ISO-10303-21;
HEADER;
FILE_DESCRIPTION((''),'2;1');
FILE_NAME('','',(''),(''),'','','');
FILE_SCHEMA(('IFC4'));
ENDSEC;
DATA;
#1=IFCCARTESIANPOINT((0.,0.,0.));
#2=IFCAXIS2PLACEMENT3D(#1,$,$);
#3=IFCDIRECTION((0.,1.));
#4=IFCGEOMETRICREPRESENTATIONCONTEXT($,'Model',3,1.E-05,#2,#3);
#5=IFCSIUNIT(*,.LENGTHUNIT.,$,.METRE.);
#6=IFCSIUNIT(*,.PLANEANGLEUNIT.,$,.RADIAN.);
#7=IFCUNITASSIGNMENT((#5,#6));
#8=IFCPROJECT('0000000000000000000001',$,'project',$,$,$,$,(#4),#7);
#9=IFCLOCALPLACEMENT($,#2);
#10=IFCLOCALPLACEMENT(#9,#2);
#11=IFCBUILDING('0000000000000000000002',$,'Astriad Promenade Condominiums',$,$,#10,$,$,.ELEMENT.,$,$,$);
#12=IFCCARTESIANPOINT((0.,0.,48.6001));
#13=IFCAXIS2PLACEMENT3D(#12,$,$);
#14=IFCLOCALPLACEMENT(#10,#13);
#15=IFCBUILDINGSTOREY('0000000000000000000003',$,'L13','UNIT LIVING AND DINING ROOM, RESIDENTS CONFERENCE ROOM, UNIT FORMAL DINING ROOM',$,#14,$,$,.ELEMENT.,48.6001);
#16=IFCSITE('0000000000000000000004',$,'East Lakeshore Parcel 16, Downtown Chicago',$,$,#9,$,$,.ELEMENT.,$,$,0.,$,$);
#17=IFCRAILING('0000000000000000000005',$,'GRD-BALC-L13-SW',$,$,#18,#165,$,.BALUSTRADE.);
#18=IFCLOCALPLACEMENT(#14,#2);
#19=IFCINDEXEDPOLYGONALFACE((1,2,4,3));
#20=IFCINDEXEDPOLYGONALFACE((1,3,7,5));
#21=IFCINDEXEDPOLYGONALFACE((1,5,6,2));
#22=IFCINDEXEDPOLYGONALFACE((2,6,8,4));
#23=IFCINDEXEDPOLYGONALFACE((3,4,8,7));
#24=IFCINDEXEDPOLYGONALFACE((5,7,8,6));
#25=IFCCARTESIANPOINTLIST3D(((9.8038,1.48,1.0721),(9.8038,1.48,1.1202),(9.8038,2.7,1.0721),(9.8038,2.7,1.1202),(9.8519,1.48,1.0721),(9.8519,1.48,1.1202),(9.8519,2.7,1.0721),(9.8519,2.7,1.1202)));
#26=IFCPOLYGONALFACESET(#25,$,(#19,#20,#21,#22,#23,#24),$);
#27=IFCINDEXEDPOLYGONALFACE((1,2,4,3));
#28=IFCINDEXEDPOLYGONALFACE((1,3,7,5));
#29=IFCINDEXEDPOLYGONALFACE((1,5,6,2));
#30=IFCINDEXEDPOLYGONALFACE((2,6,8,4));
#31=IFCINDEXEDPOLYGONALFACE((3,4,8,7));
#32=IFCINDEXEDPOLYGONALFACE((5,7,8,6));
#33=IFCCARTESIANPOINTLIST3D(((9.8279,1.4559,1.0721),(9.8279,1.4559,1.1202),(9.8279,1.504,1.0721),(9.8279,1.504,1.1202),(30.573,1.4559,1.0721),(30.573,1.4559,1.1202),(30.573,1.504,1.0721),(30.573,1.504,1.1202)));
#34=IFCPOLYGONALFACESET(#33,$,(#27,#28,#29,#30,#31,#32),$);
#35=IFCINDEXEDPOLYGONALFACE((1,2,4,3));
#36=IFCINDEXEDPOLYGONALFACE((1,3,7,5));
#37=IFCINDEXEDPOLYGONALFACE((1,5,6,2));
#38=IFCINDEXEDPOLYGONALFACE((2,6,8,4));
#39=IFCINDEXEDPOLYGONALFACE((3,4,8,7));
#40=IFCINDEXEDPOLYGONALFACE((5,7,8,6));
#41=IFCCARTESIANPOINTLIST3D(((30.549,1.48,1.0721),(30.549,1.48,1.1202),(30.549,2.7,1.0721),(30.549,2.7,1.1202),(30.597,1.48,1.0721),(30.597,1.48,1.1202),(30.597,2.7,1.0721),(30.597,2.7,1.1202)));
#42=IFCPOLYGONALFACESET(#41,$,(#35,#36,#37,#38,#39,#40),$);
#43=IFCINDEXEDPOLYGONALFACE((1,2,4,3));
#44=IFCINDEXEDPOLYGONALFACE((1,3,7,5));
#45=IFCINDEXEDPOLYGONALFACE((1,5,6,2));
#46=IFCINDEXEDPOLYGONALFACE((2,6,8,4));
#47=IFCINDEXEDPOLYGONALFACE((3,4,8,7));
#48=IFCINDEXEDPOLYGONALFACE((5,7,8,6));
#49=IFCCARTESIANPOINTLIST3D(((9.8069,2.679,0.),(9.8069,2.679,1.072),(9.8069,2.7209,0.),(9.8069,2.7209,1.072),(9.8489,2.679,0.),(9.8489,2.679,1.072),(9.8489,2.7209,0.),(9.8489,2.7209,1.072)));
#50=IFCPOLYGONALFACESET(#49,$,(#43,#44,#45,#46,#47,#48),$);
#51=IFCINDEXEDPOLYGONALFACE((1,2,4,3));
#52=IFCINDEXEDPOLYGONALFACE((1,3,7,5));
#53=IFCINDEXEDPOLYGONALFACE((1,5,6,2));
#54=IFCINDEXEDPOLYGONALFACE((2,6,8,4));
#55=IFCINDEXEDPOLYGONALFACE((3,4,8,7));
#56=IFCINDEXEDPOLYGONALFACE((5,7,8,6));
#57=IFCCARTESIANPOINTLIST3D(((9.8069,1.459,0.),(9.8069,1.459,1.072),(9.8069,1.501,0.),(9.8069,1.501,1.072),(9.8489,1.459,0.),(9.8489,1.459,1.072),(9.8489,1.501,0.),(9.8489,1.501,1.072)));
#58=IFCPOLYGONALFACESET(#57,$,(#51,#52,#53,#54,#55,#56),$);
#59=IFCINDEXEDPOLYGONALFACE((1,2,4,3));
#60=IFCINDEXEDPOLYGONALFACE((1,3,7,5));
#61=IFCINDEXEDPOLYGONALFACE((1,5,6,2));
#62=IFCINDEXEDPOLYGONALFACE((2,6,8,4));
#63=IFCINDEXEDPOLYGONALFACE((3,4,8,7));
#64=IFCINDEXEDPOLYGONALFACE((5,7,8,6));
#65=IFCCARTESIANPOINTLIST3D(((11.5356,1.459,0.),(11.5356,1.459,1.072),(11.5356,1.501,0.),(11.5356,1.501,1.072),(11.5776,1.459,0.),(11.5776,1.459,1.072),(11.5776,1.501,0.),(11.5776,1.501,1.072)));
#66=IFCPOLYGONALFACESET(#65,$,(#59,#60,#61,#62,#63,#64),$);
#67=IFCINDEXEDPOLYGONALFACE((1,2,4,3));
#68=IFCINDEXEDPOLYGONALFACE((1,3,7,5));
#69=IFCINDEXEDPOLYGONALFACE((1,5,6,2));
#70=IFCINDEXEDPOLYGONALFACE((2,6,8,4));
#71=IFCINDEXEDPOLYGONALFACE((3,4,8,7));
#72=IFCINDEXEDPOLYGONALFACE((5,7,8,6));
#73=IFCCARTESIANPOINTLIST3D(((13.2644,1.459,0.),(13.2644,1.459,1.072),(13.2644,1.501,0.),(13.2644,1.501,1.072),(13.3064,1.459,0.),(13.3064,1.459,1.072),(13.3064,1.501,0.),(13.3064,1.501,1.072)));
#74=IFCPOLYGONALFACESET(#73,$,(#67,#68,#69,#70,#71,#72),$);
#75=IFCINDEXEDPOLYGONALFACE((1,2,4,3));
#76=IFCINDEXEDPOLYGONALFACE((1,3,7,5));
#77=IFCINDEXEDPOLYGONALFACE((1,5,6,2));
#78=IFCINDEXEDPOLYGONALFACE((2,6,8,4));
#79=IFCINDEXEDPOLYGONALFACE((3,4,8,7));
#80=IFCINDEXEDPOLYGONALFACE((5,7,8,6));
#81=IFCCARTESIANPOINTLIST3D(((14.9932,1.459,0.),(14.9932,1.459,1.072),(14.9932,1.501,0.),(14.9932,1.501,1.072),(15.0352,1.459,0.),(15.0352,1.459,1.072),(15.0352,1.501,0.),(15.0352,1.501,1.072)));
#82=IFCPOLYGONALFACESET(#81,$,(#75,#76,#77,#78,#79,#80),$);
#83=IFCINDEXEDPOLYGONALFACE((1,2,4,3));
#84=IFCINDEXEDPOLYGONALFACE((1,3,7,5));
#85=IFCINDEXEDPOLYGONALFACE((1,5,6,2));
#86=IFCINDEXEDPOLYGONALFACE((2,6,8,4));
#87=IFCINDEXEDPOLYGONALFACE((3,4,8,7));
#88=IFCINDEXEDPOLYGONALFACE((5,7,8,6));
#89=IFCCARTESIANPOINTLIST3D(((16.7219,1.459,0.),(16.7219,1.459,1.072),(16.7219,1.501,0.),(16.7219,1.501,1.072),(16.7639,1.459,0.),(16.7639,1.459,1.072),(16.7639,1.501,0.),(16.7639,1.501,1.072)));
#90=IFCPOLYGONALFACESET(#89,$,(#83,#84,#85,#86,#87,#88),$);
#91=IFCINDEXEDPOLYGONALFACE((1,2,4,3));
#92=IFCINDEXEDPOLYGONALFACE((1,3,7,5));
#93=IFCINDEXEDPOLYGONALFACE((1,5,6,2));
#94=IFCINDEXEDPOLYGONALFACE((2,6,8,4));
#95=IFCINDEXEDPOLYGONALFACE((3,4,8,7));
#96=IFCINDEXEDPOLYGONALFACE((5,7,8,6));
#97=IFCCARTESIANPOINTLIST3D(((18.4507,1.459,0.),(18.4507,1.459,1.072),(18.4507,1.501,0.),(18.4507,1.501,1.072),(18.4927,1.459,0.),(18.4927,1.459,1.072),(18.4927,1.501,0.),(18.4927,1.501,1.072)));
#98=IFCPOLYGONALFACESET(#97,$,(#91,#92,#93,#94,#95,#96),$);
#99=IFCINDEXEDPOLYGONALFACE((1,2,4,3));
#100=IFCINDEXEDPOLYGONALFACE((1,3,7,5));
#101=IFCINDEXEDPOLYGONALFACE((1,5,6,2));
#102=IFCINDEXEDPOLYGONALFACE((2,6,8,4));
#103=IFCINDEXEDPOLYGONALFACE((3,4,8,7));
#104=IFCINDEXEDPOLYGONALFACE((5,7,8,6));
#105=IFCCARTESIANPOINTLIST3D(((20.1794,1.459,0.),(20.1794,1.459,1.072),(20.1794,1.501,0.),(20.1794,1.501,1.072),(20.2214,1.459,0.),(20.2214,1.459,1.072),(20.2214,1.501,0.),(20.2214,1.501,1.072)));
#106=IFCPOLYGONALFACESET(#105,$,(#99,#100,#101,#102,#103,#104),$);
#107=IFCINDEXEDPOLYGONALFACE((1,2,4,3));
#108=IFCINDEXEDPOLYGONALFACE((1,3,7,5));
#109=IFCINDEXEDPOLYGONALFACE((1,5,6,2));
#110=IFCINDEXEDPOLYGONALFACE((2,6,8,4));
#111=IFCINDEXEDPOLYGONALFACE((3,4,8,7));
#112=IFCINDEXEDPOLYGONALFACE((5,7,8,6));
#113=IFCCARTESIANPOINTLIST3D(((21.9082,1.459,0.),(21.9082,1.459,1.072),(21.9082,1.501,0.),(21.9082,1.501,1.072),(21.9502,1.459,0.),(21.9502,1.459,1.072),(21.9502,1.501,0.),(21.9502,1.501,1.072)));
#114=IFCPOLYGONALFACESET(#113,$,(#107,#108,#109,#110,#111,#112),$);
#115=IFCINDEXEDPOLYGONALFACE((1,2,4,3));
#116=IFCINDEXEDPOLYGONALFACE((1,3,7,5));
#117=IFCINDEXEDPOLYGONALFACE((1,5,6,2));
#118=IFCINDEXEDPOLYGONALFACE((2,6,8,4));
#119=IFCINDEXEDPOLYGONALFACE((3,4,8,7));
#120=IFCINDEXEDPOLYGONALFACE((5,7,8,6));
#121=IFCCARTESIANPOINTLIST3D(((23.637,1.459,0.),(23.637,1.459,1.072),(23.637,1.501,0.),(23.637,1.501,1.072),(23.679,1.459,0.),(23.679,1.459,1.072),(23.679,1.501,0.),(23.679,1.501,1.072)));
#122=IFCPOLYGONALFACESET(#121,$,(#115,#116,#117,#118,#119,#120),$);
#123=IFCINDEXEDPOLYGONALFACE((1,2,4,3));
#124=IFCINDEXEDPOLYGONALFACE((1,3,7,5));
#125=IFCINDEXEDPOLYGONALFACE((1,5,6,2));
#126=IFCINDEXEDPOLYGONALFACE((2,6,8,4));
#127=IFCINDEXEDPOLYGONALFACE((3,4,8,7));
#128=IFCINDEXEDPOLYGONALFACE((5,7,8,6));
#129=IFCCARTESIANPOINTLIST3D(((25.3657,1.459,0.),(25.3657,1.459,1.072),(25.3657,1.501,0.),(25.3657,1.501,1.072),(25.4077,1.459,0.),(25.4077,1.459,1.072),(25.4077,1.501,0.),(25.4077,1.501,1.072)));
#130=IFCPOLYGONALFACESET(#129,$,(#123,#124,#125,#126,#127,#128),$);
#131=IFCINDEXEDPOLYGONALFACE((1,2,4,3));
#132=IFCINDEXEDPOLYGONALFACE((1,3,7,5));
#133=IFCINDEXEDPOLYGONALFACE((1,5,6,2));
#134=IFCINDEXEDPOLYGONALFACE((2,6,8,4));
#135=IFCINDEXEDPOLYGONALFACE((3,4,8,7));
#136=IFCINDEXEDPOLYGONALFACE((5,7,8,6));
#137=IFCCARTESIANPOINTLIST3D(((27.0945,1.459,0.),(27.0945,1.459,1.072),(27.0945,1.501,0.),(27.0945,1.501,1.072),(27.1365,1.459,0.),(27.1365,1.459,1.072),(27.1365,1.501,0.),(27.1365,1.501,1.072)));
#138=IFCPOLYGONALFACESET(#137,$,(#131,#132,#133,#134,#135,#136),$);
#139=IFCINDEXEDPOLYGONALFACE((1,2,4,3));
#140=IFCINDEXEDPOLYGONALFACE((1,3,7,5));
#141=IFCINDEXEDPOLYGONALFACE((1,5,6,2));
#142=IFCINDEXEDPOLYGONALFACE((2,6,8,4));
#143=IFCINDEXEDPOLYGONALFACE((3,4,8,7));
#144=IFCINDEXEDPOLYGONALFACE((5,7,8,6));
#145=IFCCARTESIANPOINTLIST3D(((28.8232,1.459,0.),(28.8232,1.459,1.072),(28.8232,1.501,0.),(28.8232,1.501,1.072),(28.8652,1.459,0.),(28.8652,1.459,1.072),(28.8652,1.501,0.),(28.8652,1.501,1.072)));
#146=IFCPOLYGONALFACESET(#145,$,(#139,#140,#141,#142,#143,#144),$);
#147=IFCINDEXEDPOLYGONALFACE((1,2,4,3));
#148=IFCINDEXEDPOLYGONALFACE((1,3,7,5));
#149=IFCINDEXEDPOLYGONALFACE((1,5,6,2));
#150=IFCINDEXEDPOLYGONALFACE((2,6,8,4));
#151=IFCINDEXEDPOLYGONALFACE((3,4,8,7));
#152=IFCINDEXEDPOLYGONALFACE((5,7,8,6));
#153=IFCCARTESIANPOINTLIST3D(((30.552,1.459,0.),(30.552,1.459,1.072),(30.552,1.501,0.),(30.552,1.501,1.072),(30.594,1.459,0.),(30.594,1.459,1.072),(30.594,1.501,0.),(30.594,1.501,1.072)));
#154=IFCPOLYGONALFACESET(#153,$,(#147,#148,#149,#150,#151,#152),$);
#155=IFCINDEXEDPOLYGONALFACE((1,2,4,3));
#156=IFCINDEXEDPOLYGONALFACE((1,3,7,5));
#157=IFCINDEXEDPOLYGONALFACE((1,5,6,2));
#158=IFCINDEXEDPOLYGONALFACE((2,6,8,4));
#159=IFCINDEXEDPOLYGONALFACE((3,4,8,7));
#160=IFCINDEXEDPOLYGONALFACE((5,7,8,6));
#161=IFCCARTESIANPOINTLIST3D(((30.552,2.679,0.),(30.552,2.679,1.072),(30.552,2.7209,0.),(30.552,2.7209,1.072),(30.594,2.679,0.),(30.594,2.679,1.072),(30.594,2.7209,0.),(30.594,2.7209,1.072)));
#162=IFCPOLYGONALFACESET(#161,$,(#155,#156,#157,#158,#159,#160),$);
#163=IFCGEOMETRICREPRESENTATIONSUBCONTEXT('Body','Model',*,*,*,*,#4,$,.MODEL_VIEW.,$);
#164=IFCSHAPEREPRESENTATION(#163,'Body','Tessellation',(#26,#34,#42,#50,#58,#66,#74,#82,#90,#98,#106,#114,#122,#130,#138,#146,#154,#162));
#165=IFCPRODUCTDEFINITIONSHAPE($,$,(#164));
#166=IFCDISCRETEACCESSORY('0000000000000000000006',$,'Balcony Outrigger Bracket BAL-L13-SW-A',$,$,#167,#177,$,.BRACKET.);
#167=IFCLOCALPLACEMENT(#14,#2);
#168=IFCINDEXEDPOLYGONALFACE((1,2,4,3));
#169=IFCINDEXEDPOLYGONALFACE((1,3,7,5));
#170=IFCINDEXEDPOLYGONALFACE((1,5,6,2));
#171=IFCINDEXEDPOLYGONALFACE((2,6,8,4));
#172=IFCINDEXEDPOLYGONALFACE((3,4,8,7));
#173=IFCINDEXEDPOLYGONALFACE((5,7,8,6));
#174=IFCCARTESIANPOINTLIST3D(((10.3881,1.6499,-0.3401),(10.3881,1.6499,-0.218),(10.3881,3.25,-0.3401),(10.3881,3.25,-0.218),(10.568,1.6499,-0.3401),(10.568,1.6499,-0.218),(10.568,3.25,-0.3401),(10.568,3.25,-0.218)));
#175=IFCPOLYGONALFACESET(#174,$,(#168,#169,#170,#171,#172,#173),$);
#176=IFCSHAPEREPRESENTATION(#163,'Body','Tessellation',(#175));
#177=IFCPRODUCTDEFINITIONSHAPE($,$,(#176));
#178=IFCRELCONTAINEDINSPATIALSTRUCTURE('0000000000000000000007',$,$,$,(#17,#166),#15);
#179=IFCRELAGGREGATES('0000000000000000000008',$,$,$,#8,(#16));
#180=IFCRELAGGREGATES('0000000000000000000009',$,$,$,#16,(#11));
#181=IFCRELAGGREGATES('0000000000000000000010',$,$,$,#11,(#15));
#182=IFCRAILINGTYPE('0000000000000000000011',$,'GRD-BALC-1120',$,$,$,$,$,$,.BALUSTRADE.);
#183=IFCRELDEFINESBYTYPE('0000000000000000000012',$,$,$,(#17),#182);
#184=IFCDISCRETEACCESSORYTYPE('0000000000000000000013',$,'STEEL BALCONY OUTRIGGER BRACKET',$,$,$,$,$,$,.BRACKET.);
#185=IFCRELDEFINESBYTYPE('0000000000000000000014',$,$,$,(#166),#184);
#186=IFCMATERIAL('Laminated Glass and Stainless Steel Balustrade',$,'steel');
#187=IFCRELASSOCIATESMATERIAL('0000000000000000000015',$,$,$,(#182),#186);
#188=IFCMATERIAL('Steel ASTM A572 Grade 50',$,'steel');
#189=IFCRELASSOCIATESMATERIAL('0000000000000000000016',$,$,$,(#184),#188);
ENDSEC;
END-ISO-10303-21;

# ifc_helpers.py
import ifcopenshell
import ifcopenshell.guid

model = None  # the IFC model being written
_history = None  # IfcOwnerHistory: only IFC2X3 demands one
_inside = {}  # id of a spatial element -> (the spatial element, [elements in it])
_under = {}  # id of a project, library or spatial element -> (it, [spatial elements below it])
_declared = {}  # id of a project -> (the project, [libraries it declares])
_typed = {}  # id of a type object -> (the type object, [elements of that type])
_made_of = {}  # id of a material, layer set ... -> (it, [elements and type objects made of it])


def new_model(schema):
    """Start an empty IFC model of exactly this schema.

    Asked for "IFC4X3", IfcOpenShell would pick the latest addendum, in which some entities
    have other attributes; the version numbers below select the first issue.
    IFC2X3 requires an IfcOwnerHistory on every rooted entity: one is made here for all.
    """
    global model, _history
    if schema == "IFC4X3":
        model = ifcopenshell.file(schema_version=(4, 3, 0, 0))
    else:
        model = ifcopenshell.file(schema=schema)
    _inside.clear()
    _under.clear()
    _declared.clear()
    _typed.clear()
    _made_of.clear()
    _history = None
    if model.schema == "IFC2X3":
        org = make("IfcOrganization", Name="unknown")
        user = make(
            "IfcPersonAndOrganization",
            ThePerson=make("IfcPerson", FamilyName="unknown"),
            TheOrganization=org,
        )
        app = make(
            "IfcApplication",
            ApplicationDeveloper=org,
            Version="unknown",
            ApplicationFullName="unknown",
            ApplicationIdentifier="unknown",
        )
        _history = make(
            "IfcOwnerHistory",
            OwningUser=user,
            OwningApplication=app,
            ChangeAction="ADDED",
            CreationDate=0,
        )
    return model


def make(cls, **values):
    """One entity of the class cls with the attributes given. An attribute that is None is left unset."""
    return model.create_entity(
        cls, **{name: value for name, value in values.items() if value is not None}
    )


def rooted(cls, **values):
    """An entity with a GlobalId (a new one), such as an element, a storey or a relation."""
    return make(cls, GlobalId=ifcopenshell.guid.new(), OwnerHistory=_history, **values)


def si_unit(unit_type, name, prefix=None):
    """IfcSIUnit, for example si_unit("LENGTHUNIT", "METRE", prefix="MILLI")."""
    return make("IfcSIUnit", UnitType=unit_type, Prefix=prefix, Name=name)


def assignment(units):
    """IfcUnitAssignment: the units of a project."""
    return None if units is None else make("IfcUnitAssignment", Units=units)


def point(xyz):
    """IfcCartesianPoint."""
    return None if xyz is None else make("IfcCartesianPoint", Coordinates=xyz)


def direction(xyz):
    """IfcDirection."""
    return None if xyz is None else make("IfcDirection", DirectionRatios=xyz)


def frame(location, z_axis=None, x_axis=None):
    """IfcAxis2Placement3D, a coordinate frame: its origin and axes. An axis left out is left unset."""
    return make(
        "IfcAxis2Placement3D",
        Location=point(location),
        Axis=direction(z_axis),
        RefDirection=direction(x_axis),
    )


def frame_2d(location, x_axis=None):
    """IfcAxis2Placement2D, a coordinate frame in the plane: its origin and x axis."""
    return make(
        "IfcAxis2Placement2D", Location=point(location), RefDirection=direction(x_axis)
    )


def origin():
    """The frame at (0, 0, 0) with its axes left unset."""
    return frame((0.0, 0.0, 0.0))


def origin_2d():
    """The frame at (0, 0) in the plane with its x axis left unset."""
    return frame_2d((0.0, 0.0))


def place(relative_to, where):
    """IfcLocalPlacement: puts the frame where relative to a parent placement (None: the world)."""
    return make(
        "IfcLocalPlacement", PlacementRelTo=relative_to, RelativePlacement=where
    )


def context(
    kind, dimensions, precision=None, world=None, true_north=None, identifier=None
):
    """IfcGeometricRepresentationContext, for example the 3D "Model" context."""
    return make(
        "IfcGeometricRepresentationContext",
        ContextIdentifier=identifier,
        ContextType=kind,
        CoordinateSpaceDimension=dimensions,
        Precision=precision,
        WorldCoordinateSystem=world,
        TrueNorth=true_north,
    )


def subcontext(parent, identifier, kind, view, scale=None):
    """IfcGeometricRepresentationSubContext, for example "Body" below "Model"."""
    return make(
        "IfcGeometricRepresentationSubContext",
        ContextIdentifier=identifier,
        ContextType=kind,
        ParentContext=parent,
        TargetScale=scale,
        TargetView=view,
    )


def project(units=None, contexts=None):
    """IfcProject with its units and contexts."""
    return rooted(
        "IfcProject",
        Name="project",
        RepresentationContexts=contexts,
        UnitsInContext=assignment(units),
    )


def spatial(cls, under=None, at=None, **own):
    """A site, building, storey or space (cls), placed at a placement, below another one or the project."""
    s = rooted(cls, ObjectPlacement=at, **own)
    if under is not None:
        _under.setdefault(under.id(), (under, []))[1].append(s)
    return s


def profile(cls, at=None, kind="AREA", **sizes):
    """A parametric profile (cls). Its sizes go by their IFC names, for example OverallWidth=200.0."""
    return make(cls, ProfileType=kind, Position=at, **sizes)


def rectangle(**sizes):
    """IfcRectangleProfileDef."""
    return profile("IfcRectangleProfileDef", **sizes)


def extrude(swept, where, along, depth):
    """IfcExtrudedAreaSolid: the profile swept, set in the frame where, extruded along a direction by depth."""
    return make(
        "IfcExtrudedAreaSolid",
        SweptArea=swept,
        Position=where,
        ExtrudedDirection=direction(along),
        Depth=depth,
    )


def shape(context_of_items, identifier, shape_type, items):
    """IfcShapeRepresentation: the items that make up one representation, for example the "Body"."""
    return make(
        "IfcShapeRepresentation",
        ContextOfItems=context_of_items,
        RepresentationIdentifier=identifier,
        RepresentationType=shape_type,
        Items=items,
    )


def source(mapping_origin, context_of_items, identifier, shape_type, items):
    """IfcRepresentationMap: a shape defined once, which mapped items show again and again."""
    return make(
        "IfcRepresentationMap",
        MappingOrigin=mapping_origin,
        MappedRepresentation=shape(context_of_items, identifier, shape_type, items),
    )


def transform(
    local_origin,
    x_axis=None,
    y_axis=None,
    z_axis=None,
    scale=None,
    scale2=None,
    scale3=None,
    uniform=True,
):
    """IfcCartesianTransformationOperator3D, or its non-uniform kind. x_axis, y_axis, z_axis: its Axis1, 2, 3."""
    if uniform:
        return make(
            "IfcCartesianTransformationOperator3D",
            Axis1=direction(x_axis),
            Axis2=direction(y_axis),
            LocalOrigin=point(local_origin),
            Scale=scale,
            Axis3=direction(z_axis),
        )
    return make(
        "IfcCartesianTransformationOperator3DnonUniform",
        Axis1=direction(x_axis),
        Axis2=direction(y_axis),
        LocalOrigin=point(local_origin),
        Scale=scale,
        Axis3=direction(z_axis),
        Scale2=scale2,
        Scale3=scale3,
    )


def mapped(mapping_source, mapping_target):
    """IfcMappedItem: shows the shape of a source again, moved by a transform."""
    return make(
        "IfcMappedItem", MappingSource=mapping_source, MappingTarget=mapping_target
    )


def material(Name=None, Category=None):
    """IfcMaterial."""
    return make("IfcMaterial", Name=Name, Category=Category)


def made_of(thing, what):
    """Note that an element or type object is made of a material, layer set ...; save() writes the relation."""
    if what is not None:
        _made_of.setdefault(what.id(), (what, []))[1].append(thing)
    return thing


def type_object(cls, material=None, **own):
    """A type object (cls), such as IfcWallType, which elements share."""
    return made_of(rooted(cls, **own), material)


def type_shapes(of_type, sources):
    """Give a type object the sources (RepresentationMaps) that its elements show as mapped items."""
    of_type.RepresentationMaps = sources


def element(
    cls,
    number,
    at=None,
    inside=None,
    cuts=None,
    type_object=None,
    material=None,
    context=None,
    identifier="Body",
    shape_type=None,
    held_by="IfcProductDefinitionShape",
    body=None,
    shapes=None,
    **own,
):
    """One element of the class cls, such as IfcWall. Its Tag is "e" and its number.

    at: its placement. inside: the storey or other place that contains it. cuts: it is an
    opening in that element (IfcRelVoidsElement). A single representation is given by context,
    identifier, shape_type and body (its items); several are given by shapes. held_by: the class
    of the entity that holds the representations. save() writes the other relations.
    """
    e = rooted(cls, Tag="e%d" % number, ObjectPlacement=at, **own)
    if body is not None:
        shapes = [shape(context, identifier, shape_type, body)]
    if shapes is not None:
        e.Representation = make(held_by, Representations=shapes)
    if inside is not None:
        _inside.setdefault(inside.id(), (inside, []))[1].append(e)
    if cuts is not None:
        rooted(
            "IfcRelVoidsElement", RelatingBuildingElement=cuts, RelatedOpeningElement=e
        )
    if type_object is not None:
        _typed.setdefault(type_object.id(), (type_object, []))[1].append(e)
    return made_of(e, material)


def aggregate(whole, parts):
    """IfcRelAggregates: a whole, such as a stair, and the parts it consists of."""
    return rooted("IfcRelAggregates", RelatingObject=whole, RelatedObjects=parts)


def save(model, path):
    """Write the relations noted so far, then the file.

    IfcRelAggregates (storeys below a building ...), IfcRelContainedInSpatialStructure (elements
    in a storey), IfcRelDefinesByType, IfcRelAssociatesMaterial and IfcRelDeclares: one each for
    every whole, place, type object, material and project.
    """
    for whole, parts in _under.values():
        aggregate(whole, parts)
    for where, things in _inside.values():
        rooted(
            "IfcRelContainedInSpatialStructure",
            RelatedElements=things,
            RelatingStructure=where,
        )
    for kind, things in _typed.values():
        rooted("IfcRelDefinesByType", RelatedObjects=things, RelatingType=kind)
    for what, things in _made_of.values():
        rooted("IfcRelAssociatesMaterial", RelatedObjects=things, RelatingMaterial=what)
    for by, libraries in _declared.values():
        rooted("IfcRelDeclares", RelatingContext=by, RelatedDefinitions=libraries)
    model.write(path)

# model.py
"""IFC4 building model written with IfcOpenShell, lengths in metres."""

from ifc_helpers import new_model, si_unit, direction, frame, origin, origin_2d, place, context, subcontext, project, spatial, rectangle, extrude, source, transform, mapped, material, type_object, type_shapes, element, save


model = new_model("IFC4")

# Units and contexts
model_context = context("Model", 3, precision=1e-05, world=origin(), true_north=direction((0.0, 1.0)))
body_context = subcontext(model_context, "Body", "Model", "MODEL_VIEW")
ifc_project = project(units=[si_unit("LENGTHUNIT", "METRE"), si_unit("PLANEANGLEUNIT", "RADIAN")], contexts=[model_context])

# Site, building, storey
site_placement = place(None, origin())
site = spatial("IfcSite", under=ifc_project, at=site_placement, Name="East Lakeshore Parcel 16, Downtown Chicago", CompositionType="ELEMENT", RefElevation=0.0)
building_placement = place(site_placement, origin())
building = spatial("IfcBuilding", under=site, at=building_placement, Name="Astriad Promenade Condominiums", CompositionType="ELEMENT")
storey_placement = place(building_placement, frame((0.0, 0.0, 48.6001)))
storey = spatial("IfcBuildingStorey", under=building, at=storey_placement, Name="L13", Description="UNIT LIVING AND DINING ROOM, RESIDENTS CONFERENCE ROOM, UNIT FORMAL DINING ROOM", CompositionType="ELEMENT", Elevation=48.6001)

# Railing
ifc_material_1 = material(Name="Laminated Glass and Stainless Steel Balustrade", Category="steel")
railing_type = type_object("IfcRailingType", Name="GRD-BALC-1120", PredefinedType="BALUSTRADE", material=ifc_material_1)
shared_shape_1 = source(origin(), body_context, "Body", "SweptSolid", [
    extrude(rectangle(XDim=0.0481, YDim=0.0481, at=origin_2d()), frame((0.0, 0.0, 1.0962), z_axis=(0.0, -1.0, 0.0), x_axis=(1.0, 0.0, 0.0)), (0.0, 0.0, 1.0), 1.22),
    extrude(rectangle(XDim=0.0481, YDim=0.0481, at=origin_2d()), frame((0.0, -1.22, 1.0962), z_axis=(1.0, 0.0, 0.0), x_axis=(0.0, 1.0, 0.0)), (0.0, 0.0, 1.0), 20.7451),
    extrude(rectangle(XDim=0.0481, YDim=0.0481, at=origin_2d()), frame((20.7451, -1.22, 1.0962), z_axis=(0.0, 1.0, 0.0), x_axis=(-1.0, 0.0, 0.0)), (0.0, 0.0, 1.0), 1.22),
    extrude(rectangle(XDim=0.042, YDim=0.042, at=origin_2d()), origin(), (0.0, 0.0, 1.0), 1.072),
    extrude(rectangle(XDim=0.042, YDim=0.042, at=origin_2d()), frame((0.0, -1.22, 0.0)), (0.0, 0.0, 1.0), 1.072),
    extrude(rectangle(XDim=0.042, YDim=0.042, at=origin_2d()), frame((1.7288, -1.22, 0.0)), (0.0, 0.0, 1.0), 1.072),
    extrude(rectangle(XDim=0.042, YDim=0.042, at=origin_2d()), frame((3.4575, -1.22, 0.0)), (0.0, 0.0, 1.0), 1.072),
    extrude(rectangle(XDim=0.042, YDim=0.042, at=origin_2d()), frame((5.1863, -1.22, 0.0)), (0.0, 0.0, 1.0), 1.072),
    extrude(rectangle(XDim=0.042, YDim=0.042, at=origin_2d()), frame((6.915, -1.22, 0.0)), (0.0, 0.0, 1.0), 1.072),
    extrude(rectangle(XDim=0.042, YDim=0.042, at=origin_2d()), frame((8.6438, -1.22, 0.0)), (0.0, 0.0, 1.0), 1.072),
    extrude(rectangle(XDim=0.042, YDim=0.042, at=origin_2d()), frame((10.3726, -1.22, 0.0)), (0.0, 0.0, 1.0), 1.072),
    extrude(rectangle(XDim=0.042, YDim=0.042, at=origin_2d()), frame((12.1013, -1.22, 0.0)), (0.0, 0.0, 1.0), 1.072),
    extrude(rectangle(XDim=0.042, YDim=0.042, at=origin_2d()), frame((13.8301, -1.22, 0.0)), (0.0, 0.0, 1.0), 1.072),
    extrude(rectangle(XDim=0.042, YDim=0.042, at=origin_2d()), frame((15.5588, -1.22, 0.0)), (0.0, 0.0, 1.0), 1.072),
    extrude(rectangle(XDim=0.042, YDim=0.042, at=origin_2d()), frame((17.2876, -1.22, 0.0)), (0.0, 0.0, 1.0), 1.072),
    extrude(rectangle(XDim=0.042, YDim=0.042, at=origin_2d()), frame((19.0164, -1.22, 0.0)), (0.0, 0.0, 1.0), 1.072),
    extrude(rectangle(XDim=0.042, YDim=0.042, at=origin_2d()), frame((20.7451, -1.22, 0.0)), (0.0, 0.0, 1.0), 1.072),
    extrude(rectangle(XDim=0.042, YDim=0.042, at=origin_2d()), frame((20.7451, 0.0, 0.0)), (0.0, 0.0, 1.0), 1.072),
])
type_shapes(railing_type, [shared_shape_1])
railing_placement = place(storey_placement, frame((9.8279, 2.7, 0.0)))
element("IfcRailing", 1, at=railing_placement, inside=storey, type_object=railing_type, Name="GRD-BALC-L13-SW", PredefinedType="BALUSTRADE", context=body_context, shape_type="MappedRepresentation", body=[
    mapped(shared_shape_1, transform((0.0, 0.0, 0.0), scale=1.0)),
])

# Discrete accessory
ifc_material_2 = material(Name="Steel ASTM A572 Grade 50", Category="steel")
discrete_accessory_type = type_object("IfcDiscreteAccessoryType", Name="STEEL BALCONY OUTRIGGER BRACKET", PredefinedType="BRACKET", material=ifc_material_2)
shared_shape_2 = source(origin(), body_context, "Body", "SweptSolid", [
    extrude(rectangle(XDim=1.6001, YDim=0.1799, at=origin_2d()), origin(), (0.0, 0.0, 1.0), 0.1221),
])
type_shapes(discrete_accessory_type, [shared_shape_2])
discrete_accessory_placement = place(storey_placement, frame((10.478, 2.45, -0.3401), z_axis=(0.0, 0.0, 1.0), x_axis=(0.0, -1.0, 0.0)))
element("IfcDiscreteAccessory", 2, at=discrete_accessory_placement, inside=storey, type_object=discrete_accessory_type, Name="Balcony Outrigger Bracket BAL-L13-SW-A", PredefinedType="BRACKET", context=body_context, shape_type="MappedRepresentation", body=[
    mapped(shared_shape_2, transform((0.0, 0.0, 0.0), scale=1.0)),
])

save(model, "model.ifc")
